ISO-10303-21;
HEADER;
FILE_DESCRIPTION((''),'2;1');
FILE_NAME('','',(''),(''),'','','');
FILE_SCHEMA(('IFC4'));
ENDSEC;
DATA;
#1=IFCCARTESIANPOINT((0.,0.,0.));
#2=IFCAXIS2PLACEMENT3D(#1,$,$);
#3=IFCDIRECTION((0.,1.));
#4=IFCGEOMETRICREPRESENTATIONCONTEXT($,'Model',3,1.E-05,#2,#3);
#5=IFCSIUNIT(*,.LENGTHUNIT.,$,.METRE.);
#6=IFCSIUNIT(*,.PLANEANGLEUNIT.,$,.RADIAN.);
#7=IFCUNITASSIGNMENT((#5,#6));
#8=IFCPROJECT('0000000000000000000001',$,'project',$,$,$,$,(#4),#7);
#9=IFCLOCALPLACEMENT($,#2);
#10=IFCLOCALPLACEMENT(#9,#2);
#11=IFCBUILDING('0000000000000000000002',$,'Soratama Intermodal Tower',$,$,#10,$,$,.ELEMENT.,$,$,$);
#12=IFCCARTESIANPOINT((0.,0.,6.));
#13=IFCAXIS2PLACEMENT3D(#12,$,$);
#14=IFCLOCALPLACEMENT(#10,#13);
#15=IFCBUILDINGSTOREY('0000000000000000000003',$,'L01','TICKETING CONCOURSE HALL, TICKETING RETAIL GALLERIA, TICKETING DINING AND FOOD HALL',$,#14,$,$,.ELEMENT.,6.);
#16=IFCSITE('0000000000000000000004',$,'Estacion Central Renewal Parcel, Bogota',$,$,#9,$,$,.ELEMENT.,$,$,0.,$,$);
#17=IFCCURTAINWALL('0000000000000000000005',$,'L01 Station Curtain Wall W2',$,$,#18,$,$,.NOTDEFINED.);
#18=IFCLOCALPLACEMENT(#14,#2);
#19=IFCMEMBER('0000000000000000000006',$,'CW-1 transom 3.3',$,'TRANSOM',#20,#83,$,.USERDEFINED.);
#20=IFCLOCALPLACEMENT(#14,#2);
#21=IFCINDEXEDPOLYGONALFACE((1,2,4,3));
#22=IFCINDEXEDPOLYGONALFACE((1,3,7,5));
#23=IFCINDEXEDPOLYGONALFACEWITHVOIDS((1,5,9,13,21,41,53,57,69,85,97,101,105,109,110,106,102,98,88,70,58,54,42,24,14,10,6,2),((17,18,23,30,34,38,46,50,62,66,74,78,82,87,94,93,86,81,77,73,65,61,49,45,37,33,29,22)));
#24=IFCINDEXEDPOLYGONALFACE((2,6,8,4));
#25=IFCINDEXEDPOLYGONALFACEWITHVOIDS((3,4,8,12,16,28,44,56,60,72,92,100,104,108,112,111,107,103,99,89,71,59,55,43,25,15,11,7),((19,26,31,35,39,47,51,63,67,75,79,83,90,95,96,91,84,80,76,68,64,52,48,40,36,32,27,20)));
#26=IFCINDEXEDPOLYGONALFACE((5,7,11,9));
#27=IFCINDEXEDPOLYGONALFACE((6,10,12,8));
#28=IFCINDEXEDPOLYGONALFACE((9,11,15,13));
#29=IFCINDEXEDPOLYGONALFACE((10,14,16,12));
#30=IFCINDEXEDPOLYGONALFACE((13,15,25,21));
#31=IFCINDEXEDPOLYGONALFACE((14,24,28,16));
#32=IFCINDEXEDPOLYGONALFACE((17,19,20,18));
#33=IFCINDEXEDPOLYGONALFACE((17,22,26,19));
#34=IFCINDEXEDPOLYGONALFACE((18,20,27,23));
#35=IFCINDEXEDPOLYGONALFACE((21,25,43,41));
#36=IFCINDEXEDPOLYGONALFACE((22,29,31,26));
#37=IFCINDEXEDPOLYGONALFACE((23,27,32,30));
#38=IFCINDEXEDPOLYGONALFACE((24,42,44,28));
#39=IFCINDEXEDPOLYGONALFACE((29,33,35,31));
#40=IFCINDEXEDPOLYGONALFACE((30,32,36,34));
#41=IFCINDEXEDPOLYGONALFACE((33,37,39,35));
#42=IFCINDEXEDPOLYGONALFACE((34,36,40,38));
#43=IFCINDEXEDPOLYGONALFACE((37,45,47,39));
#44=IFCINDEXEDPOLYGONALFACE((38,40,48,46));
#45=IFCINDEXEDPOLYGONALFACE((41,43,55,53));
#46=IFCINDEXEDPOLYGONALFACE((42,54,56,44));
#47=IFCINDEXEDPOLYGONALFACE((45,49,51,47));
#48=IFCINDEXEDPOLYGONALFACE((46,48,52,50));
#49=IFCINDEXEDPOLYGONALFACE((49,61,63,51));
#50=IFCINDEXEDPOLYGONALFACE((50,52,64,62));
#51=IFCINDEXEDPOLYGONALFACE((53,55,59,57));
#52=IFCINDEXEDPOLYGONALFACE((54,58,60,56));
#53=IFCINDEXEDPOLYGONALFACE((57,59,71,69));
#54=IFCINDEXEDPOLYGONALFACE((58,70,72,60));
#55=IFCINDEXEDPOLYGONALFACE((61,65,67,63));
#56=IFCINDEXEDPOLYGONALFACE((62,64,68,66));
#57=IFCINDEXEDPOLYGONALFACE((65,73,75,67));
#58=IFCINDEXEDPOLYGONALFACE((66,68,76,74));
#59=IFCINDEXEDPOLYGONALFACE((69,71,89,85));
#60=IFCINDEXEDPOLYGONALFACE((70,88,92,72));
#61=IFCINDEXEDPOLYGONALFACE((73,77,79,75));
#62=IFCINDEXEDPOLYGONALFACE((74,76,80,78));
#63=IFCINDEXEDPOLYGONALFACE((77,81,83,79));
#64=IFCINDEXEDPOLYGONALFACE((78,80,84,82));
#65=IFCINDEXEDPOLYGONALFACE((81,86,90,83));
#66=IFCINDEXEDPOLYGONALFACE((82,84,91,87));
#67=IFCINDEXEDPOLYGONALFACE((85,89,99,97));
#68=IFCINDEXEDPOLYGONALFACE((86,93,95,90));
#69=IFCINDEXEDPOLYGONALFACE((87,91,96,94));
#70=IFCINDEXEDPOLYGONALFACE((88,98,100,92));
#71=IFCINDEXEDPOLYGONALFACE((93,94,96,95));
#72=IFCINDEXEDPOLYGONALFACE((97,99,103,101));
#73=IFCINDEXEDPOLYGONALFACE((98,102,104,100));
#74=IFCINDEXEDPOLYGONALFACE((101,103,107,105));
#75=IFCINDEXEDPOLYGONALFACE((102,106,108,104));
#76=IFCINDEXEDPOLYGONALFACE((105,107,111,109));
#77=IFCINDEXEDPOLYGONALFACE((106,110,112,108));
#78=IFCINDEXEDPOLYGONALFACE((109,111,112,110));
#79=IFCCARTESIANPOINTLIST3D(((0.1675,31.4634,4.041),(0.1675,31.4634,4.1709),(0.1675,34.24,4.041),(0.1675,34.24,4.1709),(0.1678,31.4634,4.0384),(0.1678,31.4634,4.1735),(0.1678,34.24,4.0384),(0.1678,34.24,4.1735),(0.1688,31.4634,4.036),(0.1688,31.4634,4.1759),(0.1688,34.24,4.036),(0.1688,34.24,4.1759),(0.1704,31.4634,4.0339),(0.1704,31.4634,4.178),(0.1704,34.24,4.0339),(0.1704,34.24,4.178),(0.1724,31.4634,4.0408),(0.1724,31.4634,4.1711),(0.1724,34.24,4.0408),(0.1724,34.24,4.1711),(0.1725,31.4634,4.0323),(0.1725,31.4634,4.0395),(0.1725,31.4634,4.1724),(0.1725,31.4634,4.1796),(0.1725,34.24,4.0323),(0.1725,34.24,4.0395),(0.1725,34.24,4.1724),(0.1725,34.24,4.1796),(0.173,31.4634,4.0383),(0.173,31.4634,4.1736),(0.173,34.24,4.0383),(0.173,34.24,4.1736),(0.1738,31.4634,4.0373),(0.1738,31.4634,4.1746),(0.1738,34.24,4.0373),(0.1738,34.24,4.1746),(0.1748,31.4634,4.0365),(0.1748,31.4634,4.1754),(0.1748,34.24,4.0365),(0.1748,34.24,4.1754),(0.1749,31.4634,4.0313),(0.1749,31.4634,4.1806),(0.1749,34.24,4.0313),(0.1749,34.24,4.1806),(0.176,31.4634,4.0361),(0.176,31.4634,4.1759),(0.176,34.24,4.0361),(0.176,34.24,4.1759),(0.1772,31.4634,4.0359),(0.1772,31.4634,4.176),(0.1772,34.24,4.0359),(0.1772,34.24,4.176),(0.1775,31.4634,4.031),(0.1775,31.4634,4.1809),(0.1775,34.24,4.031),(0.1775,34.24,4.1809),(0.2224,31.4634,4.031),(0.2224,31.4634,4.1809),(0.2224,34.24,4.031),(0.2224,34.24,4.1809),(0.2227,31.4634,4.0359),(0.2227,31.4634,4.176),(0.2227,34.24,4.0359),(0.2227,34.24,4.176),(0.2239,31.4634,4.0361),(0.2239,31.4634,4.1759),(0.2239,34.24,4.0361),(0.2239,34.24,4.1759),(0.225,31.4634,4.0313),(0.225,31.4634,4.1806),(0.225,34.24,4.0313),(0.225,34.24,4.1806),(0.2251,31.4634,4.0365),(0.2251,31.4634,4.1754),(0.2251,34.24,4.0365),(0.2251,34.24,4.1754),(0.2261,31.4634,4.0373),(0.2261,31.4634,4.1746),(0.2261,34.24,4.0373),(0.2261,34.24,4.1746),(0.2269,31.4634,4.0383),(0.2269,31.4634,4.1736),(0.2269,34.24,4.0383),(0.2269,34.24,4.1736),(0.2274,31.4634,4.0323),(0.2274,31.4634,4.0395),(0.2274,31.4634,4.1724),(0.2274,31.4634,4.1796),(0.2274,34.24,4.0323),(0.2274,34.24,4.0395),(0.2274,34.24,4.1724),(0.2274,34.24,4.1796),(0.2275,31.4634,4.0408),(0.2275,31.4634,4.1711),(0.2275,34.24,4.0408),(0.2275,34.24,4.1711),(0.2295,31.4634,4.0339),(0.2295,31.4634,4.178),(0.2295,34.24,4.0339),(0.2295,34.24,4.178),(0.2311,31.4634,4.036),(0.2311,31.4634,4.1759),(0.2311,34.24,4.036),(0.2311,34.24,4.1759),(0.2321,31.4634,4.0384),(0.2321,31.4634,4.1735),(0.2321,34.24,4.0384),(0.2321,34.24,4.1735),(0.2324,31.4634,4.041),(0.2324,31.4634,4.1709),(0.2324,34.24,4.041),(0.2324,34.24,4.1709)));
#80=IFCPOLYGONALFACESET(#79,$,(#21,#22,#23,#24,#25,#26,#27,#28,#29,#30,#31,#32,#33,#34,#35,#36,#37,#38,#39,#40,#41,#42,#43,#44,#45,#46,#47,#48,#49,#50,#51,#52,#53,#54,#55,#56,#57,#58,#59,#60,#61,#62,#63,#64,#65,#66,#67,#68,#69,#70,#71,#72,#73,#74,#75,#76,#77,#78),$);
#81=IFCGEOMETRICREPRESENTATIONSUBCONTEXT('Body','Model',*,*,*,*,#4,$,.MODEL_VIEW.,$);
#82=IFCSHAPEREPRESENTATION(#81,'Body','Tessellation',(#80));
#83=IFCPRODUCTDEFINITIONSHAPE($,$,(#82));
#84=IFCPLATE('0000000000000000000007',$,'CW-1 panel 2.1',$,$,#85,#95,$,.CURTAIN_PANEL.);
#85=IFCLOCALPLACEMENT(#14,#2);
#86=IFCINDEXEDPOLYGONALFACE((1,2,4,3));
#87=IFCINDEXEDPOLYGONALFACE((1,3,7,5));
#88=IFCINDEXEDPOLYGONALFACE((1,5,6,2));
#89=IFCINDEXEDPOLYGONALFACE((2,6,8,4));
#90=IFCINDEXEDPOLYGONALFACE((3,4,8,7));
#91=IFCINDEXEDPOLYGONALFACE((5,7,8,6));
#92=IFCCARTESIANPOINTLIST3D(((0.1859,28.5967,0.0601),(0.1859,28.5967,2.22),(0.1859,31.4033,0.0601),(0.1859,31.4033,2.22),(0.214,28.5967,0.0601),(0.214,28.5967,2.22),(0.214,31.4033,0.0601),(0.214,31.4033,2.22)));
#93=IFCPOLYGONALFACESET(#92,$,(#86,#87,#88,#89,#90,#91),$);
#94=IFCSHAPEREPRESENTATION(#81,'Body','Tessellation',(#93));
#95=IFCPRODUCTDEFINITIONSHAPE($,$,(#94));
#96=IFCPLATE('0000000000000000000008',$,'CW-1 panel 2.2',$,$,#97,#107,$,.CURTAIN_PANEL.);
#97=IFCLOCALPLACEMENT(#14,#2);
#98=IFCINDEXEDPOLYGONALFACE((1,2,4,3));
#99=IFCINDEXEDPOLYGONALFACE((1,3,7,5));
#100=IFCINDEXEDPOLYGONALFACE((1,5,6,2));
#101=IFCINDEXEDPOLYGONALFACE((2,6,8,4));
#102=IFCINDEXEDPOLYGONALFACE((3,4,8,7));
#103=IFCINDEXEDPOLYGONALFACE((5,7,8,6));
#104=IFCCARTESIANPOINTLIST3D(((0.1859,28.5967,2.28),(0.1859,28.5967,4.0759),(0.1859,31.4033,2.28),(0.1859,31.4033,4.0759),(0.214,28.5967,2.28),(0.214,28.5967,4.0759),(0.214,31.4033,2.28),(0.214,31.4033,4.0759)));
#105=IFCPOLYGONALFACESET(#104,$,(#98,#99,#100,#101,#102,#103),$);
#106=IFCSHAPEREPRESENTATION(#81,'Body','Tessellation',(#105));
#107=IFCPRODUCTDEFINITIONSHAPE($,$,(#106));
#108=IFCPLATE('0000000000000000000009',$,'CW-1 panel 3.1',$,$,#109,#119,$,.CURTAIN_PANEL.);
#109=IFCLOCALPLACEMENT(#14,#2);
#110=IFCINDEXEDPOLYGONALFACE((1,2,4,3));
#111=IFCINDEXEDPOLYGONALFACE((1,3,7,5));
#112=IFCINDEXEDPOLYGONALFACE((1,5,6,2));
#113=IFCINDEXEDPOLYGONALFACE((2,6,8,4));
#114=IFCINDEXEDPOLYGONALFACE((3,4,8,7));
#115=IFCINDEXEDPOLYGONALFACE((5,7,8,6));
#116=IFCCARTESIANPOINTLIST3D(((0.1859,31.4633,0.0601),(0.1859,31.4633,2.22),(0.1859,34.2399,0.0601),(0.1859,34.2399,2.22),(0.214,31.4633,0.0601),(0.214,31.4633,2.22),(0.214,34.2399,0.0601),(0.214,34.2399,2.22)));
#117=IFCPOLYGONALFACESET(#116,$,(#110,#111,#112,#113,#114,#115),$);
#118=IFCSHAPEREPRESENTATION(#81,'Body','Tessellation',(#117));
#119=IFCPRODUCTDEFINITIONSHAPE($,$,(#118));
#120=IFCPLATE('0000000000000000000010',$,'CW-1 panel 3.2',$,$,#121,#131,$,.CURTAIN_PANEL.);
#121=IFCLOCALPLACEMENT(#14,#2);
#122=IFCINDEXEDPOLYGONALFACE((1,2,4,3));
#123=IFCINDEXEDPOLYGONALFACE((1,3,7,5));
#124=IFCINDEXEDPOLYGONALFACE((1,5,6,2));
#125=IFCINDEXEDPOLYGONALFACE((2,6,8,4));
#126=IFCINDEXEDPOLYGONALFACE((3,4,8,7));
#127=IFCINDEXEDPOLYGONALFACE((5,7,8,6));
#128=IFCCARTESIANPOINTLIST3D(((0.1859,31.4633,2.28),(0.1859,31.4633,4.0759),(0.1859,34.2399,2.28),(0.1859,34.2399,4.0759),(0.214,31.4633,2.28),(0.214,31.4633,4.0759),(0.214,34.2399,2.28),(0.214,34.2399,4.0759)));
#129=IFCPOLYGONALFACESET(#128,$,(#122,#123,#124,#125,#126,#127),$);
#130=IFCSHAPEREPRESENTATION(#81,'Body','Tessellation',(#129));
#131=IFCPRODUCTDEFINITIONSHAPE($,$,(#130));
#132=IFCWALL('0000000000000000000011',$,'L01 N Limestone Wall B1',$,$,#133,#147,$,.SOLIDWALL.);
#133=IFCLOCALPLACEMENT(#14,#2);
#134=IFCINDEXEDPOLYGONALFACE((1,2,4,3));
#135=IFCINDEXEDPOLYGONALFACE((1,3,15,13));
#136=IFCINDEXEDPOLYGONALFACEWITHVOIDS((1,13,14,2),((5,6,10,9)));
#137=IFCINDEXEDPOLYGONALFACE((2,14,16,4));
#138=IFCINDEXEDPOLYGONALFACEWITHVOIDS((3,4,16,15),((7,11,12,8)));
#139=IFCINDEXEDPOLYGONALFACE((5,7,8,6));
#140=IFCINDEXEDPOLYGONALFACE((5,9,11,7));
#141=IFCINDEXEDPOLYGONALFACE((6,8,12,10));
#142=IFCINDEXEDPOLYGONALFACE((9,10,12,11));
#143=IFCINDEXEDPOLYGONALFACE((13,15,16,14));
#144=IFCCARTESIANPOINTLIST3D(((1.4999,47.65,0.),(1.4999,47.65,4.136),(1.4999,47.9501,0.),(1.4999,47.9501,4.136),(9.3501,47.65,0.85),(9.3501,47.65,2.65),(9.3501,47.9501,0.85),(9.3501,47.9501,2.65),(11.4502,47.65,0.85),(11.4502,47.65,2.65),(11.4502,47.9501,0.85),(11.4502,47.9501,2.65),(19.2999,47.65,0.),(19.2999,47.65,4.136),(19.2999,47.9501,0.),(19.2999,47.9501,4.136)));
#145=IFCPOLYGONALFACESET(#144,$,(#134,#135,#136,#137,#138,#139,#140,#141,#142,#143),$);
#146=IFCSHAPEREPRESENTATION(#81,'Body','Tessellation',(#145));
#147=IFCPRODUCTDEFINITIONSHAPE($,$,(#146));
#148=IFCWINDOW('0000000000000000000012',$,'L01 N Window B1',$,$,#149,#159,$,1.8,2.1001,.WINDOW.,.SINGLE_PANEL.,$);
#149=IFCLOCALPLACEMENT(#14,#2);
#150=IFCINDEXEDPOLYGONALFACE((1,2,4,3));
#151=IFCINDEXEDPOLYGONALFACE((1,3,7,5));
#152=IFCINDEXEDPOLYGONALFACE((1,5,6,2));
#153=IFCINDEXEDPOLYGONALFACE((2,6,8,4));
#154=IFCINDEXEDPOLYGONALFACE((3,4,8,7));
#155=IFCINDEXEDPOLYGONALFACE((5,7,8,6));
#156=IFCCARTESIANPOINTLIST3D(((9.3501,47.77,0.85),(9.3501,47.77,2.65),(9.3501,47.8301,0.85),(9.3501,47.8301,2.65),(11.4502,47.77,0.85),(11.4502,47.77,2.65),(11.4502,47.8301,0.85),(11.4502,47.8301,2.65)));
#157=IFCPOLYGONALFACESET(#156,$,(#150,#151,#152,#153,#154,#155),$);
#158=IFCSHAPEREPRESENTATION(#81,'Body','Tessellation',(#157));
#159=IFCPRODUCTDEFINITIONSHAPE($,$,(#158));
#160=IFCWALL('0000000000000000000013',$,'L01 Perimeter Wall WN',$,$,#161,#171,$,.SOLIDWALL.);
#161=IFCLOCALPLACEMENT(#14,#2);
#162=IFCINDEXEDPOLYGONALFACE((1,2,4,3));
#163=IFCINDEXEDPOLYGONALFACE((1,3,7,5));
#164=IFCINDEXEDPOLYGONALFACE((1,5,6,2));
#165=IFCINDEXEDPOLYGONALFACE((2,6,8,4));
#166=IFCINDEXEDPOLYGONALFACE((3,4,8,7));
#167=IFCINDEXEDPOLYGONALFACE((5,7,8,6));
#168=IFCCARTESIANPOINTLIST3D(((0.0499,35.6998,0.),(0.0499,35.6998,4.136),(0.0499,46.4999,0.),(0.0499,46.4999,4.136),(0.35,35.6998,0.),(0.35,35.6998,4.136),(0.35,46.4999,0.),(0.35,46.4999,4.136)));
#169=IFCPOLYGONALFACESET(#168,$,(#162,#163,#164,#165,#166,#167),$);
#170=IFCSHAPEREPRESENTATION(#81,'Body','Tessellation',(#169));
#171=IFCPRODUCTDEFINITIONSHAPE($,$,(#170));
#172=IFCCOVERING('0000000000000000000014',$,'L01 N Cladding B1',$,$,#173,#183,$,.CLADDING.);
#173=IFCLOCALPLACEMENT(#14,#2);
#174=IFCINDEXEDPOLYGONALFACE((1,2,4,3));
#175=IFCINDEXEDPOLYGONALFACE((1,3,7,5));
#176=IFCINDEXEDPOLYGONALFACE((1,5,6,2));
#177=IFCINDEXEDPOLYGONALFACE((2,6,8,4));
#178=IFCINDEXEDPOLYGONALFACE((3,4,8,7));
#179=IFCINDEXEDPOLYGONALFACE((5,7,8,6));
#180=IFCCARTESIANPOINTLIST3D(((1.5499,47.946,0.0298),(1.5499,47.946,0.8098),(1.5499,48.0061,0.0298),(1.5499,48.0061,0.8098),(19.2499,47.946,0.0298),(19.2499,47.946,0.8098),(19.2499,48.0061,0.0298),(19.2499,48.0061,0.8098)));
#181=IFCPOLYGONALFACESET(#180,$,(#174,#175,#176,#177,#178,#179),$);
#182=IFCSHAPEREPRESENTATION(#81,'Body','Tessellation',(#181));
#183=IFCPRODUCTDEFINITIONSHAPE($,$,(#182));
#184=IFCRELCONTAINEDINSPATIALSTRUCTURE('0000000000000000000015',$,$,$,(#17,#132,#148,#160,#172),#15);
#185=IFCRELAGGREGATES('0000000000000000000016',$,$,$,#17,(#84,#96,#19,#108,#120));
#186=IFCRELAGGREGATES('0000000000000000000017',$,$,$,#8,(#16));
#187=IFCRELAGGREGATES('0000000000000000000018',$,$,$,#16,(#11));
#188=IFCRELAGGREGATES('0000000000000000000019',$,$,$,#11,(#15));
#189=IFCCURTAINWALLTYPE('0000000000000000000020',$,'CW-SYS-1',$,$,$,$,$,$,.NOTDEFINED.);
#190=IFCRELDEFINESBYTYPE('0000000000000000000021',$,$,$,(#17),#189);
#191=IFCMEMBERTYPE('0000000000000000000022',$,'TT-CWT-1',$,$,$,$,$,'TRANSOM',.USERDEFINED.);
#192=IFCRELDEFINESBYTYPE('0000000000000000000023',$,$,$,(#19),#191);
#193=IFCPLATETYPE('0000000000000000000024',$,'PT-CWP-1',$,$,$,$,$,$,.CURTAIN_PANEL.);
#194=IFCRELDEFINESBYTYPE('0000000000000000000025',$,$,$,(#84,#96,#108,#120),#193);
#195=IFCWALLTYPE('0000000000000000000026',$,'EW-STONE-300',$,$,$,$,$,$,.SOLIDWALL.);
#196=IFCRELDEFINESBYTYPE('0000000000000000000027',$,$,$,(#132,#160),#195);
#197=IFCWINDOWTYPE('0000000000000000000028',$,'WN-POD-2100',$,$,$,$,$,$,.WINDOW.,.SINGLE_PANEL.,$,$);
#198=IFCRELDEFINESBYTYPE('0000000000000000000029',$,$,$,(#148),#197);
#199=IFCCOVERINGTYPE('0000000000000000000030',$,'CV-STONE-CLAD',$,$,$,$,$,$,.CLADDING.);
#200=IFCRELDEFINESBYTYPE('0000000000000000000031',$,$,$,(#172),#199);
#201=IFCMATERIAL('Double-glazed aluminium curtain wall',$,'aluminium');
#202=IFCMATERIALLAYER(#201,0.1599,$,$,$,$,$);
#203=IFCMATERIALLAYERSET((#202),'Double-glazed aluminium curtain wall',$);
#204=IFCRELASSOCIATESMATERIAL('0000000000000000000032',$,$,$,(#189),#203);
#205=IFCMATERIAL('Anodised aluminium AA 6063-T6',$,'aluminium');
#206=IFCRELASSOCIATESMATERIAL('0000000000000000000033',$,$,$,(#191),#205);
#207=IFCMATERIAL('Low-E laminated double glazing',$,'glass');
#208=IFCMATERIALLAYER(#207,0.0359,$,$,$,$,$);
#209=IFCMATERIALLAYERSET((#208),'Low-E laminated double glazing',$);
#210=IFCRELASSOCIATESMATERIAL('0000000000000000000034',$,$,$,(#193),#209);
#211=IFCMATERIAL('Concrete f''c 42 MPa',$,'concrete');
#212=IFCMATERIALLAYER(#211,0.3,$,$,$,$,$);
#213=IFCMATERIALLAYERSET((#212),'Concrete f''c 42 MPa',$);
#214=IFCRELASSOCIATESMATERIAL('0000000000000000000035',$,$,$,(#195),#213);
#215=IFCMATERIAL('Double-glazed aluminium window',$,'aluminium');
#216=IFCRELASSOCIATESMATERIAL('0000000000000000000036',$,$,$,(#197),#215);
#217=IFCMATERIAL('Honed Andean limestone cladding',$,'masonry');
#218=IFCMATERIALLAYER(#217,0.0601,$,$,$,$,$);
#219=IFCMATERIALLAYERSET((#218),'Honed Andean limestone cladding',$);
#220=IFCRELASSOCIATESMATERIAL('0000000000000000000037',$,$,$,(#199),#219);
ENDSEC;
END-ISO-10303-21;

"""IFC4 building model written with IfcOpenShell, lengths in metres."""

from ifc_helpers import new_model, si_unit, direction, frame, frame_2d, origin, origin_2d, place, context, subcontext, project, spatial, rectangle, hollow_rectangle, extrude, material, layer, layer_set, material_profile, profile_set, type_object, element, fill, aggregate, save


model = new_model("IFC4")

# Units and contexts
model_context = context("Model", 3, precision=1e-05, world=origin(), true_north=direction((0.0, 1.0)))
body_context = subcontext(model_context, "Body", "Model", "MODEL_VIEW")
ifc_project = project(units=[si_unit("LENGTHUNIT", "METRE"), si_unit("PLANEANGLEUNIT", "RADIAN")], contexts=[model_context])

# Site, building, storey
site_placement = place(None, origin())
site = spatial("IfcSite", under=ifc_project, at=site_placement, Name="Estacion Central Renewal Parcel, Bogota", CompositionType="ELEMENT", RefElevation=0.0)
building_placement = place(site_placement, origin())
building = spatial("IfcBuilding", under=site, at=building_placement, Name="Soratama Intermodal Tower", CompositionType="ELEMENT")
storey_placement = place(building_placement, frame((0.0, 0.0, 6.0)))
storey = spatial("IfcBuildingStorey", under=building, at=storey_placement, Name="L01", Description="TICKETING CONCOURSE HALL, TICKETING RETAIL GALLERIA, TICKETING DINING AND FOOD HALL", CompositionType="ELEMENT", Elevation=6.0)

# Curtain wall, member, plates
ifc_material_1 = material(Name="Double-glazed aluminium curtain wall", Category="aluminium")
ifc_layer_1 = layer(ifc_material_1, 0.1599)
ifc_layer_set_1 = layer_set([ifc_layer_1], Name="Double-glazed aluminium curtain wall")
curtain_wall_type = type_object("IfcCurtainWallType", Name="CW-SYS-1", PredefinedType="NOTDEFINED", material=ifc_layer_set_1)
curtain_wall_placement = place(storey_placement, origin())
curtain_wall = element("IfcCurtainWall", 1, at=curtain_wall_placement, inside=storey, type_object=curtain_wall_type, Name="L01 Station Curtain Wall W2", PredefinedType="NOTDEFINED")
ifc_material_2 = material(Name="Anodised aluminium AA 6063-T6", Category="aluminium")
ifc_material_profile_1 = material_profile(ifc_material_2, hollow_rectangle(XDim=0.0649, YDim=0.1499, WallThickness=0.0049, InnerFilletRadius=0.0049, OuterFilletRadius=0.01, at=origin_2d()), Name="CWT150X65X5")
ifc_profile_set_1 = profile_set([ifc_material_profile_1], Name="Anodised aluminium AA 6063-T6")
member_type_1 = type_object("IfcMemberType", Name="TT-CWT-1", ElementType="TRANSOM", PredefinedType="USERDEFINED", material=ifc_profile_set_1)
member_1_placement = place(storey_placement, frame((0.2, 31.4634, 4.106), z_axis=(0.0, 1.0, 0.0), x_axis=(-1.0, 0.0, 0.0)))
member_1 = element("IfcMember", 2, at=member_1_placement, type_object=member_type_1, Name="CW-1 transom 3.3", ObjectType="TRANSOM", PredefinedType="USERDEFINED", context=body_context, shape_type="SweptSolid", body=[
    extrude(hollow_rectangle(XDim=0.0649, YDim=0.1499, WallThickness=0.0049, InnerFilletRadius=0.0049, OuterFilletRadius=0.01, at=origin_2d()), origin(), (0.0, 0.0, 1.0), 2.7766),
])
ifc_material_3 = material(Name="Low-E laminated double glazing", Category="glass")
ifc_layer_2 = layer(ifc_material_3, 0.0359)
ifc_layer_set_2 = layer_set([ifc_layer_2], Name="Low-E laminated double glazing")
plate_type = type_object("IfcPlateType", Name="PT-CWP-1", PredefinedType="CURTAIN_PANEL", material=ifc_layer_set_2)
plate_1_placement = place(storey_placement, frame((0.2, 30.0, 0.0601), z_axis=(0.0, 0.0, 1.0), x_axis=(0.0, 1.0, 0.0)))
plate_1 = element("IfcPlate", 3, at=plate_1_placement, type_object=plate_type, Name="CW-1 panel 2.1", PredefinedType="CURTAIN_PANEL", context=body_context, shape_type="SweptSolid", body=[
    extrude(rectangle(XDim=2.8066, YDim=0.0281, at=origin_2d()), origin(), (0.0, 0.0, 1.0), 2.1599),
])
plate_2_placement = place(storey_placement, frame((0.2, 30.0, 2.28), z_axis=(0.0, 0.0, 1.0), x_axis=(0.0, 1.0, 0.0)))
plate_2 = element("IfcPlate", 4, at=plate_2_placement, type_object=plate_type, Name="CW-1 panel 2.2", PredefinedType="CURTAIN_PANEL", context=body_context, shape_type="SweptSolid", body=[
    extrude(rectangle(XDim=2.8066, YDim=0.0281, at=origin_2d()), origin(), (0.0, 0.0, 1.0), 1.7959),
])
plate_3_placement = place(storey_placement, frame((0.2, 32.8516, 0.0601), z_axis=(0.0, 0.0, 1.0), x_axis=(0.0, 1.0, 0.0)))
plate_3 = element("IfcPlate", 5, at=plate_3_placement, type_object=plate_type, Name="CW-1 panel 3.1", PredefinedType="CURTAIN_PANEL", context=body_context, shape_type="SweptSolid", body=[
    extrude(rectangle(XDim=2.7766, YDim=0.0281, at=origin_2d()), origin(), (0.0, 0.0, 1.0), 2.1599),
])
plate_4_placement = place(storey_placement, frame((0.2, 32.8516, 2.28), z_axis=(0.0, 0.0, 1.0), x_axis=(0.0, 1.0, 0.0)))
plate_4 = element("IfcPlate", 6, at=plate_4_placement, type_object=plate_type, Name="CW-1 panel 3.2", PredefinedType="CURTAIN_PANEL", context=body_context, shape_type="SweptSolid", body=[
    extrude(rectangle(XDim=2.7766, YDim=0.0281, at=origin_2d()), origin(), (0.0, 0.0, 1.0), 1.7959),
])
aggregate(curtain_wall, [plate_1, plate_2, member_1, plate_3, plate_4])

# Wall, opening, window
ifc_material_4 = material(Name="Concrete f'c 42 MPa", Category="concrete")
ifc_layer_3 = layer(ifc_material_4, 0.3)
ifc_layer_set_3 = layer_set([ifc_layer_3], Name="Concrete f'c 42 MPa")
wall_type = type_object("IfcWallType", Name="EW-STONE-300", PredefinedType="SOLIDWALL", material=ifc_layer_set_3)
wall_1_placement = place(storey_placement, frame((1.5, 47.8, 0.0), z_axis=(0.0, 0.0, 1.0), x_axis=(1.0, 0.0, 0.0)))
wall_1 = element("IfcWall", 7, at=wall_1_placement, inside=storey, type_object=wall_type, Name="L01 N Limestone Wall B1", PredefinedType="SOLIDWALL", context=body_context, shape_type="SweptSolid", body=[
    extrude(rectangle(XDim=17.8, YDim=0.3, at=frame_2d((8.8999, 0.0))), origin(), (0.0, 0.0, 1.0), 4.136),
])
opening_placement = place(wall_1_placement, frame((7.8501, 0.0, 0.8501)))
opening = element("IfcOpeningElement", 8, at=opening_placement, cuts=wall_1, PredefinedType="OPENING", context=body_context, shape_type="SweptSolid", body=[
    extrude(rectangle(XDim=2.1001, YDim=1.8, at=frame_2d((1.05, 0.8999))), frame((0.0, 0.1599, 0.0), z_axis=(0.0, -1.0, 0.0), x_axis=(1.0, 0.0, 0.0)), (0.0, 0.0, 1.0), 0.3201),
])
ifc_material_5 = material(Name="Double-glazed aluminium window", Category="aluminium")
window_type = type_object("IfcWindowType", Name="WN-POD-2100", PartitioningType="SINGLE_PANEL", PredefinedType="WINDOW", material=ifc_material_5)
window_placement = place(opening_placement, origin())
window = element("IfcWindow", 9, at=window_placement, inside=storey, type_object=window_type, Name="L01 N Window B1", OverallHeight=1.8, OverallWidth=2.1001, PartitioningType="SINGLE_PANEL", PredefinedType="WINDOW", context=body_context, shape_type="SweptSolid", body=[
    extrude(rectangle(XDim=2.1001, YDim=1.8, at=frame_2d((1.05, 0.8999))), frame((0.0, 0.03, 0.0), z_axis=(0.0, -1.0, 0.0), x_axis=(1.0, 0.0, 0.0)), (0.0, 0.0, 1.0), 0.0601),
])
fill(opening, window)

# Wall
wall_2_placement = place(storey_placement, frame((0.2, 35.7, 0.0), z_axis=(0.0, 0.0, 1.0), x_axis=(0.0, 1.0, 0.0)))
element("IfcWall", 10, at=wall_2_placement, inside=storey, type_object=wall_type, Name="L01 Perimeter Wall WN", PredefinedType="SOLIDWALL", context=body_context, shape_type="SweptSolid", body=[
    extrude(rectangle(XDim=10.8, YDim=0.3, at=frame_2d((5.3999, 0.0))), origin(), (0.0, 0.0, 1.0), 4.136),
])

# Covering
ifc_material_6 = material(Name="Honed Andean limestone cladding", Category="masonry")
ifc_layer_4 = layer(ifc_material_6, 0.0601)
ifc_layer_set_4 = layer_set([ifc_layer_4], Name="Honed Andean limestone cladding")
covering_type = type_object("IfcCoveringType", Name="CV-STONE-CLAD", PredefinedType="CLADDING", material=ifc_layer_set_4)
covering_placement = place(storey_placement, frame((10.3999, 47.9761, 0.0298), z_axis=(0.0, 0.0, 1.0), x_axis=(1.0, 0.0, 0.0)))
element("IfcCovering", 11, at=covering_placement, inside=storey, type_object=covering_type, Name="L01 N Cladding B1", PredefinedType="CLADDING", context=body_context, shape_type="SweptSolid", body=[
    extrude(rectangle(XDim=17.7, YDim=0.0601, at=origin_2d()), origin(), (0.0, 0.0, 1.0), 0.78),
])

save(model, "model.ifc")
